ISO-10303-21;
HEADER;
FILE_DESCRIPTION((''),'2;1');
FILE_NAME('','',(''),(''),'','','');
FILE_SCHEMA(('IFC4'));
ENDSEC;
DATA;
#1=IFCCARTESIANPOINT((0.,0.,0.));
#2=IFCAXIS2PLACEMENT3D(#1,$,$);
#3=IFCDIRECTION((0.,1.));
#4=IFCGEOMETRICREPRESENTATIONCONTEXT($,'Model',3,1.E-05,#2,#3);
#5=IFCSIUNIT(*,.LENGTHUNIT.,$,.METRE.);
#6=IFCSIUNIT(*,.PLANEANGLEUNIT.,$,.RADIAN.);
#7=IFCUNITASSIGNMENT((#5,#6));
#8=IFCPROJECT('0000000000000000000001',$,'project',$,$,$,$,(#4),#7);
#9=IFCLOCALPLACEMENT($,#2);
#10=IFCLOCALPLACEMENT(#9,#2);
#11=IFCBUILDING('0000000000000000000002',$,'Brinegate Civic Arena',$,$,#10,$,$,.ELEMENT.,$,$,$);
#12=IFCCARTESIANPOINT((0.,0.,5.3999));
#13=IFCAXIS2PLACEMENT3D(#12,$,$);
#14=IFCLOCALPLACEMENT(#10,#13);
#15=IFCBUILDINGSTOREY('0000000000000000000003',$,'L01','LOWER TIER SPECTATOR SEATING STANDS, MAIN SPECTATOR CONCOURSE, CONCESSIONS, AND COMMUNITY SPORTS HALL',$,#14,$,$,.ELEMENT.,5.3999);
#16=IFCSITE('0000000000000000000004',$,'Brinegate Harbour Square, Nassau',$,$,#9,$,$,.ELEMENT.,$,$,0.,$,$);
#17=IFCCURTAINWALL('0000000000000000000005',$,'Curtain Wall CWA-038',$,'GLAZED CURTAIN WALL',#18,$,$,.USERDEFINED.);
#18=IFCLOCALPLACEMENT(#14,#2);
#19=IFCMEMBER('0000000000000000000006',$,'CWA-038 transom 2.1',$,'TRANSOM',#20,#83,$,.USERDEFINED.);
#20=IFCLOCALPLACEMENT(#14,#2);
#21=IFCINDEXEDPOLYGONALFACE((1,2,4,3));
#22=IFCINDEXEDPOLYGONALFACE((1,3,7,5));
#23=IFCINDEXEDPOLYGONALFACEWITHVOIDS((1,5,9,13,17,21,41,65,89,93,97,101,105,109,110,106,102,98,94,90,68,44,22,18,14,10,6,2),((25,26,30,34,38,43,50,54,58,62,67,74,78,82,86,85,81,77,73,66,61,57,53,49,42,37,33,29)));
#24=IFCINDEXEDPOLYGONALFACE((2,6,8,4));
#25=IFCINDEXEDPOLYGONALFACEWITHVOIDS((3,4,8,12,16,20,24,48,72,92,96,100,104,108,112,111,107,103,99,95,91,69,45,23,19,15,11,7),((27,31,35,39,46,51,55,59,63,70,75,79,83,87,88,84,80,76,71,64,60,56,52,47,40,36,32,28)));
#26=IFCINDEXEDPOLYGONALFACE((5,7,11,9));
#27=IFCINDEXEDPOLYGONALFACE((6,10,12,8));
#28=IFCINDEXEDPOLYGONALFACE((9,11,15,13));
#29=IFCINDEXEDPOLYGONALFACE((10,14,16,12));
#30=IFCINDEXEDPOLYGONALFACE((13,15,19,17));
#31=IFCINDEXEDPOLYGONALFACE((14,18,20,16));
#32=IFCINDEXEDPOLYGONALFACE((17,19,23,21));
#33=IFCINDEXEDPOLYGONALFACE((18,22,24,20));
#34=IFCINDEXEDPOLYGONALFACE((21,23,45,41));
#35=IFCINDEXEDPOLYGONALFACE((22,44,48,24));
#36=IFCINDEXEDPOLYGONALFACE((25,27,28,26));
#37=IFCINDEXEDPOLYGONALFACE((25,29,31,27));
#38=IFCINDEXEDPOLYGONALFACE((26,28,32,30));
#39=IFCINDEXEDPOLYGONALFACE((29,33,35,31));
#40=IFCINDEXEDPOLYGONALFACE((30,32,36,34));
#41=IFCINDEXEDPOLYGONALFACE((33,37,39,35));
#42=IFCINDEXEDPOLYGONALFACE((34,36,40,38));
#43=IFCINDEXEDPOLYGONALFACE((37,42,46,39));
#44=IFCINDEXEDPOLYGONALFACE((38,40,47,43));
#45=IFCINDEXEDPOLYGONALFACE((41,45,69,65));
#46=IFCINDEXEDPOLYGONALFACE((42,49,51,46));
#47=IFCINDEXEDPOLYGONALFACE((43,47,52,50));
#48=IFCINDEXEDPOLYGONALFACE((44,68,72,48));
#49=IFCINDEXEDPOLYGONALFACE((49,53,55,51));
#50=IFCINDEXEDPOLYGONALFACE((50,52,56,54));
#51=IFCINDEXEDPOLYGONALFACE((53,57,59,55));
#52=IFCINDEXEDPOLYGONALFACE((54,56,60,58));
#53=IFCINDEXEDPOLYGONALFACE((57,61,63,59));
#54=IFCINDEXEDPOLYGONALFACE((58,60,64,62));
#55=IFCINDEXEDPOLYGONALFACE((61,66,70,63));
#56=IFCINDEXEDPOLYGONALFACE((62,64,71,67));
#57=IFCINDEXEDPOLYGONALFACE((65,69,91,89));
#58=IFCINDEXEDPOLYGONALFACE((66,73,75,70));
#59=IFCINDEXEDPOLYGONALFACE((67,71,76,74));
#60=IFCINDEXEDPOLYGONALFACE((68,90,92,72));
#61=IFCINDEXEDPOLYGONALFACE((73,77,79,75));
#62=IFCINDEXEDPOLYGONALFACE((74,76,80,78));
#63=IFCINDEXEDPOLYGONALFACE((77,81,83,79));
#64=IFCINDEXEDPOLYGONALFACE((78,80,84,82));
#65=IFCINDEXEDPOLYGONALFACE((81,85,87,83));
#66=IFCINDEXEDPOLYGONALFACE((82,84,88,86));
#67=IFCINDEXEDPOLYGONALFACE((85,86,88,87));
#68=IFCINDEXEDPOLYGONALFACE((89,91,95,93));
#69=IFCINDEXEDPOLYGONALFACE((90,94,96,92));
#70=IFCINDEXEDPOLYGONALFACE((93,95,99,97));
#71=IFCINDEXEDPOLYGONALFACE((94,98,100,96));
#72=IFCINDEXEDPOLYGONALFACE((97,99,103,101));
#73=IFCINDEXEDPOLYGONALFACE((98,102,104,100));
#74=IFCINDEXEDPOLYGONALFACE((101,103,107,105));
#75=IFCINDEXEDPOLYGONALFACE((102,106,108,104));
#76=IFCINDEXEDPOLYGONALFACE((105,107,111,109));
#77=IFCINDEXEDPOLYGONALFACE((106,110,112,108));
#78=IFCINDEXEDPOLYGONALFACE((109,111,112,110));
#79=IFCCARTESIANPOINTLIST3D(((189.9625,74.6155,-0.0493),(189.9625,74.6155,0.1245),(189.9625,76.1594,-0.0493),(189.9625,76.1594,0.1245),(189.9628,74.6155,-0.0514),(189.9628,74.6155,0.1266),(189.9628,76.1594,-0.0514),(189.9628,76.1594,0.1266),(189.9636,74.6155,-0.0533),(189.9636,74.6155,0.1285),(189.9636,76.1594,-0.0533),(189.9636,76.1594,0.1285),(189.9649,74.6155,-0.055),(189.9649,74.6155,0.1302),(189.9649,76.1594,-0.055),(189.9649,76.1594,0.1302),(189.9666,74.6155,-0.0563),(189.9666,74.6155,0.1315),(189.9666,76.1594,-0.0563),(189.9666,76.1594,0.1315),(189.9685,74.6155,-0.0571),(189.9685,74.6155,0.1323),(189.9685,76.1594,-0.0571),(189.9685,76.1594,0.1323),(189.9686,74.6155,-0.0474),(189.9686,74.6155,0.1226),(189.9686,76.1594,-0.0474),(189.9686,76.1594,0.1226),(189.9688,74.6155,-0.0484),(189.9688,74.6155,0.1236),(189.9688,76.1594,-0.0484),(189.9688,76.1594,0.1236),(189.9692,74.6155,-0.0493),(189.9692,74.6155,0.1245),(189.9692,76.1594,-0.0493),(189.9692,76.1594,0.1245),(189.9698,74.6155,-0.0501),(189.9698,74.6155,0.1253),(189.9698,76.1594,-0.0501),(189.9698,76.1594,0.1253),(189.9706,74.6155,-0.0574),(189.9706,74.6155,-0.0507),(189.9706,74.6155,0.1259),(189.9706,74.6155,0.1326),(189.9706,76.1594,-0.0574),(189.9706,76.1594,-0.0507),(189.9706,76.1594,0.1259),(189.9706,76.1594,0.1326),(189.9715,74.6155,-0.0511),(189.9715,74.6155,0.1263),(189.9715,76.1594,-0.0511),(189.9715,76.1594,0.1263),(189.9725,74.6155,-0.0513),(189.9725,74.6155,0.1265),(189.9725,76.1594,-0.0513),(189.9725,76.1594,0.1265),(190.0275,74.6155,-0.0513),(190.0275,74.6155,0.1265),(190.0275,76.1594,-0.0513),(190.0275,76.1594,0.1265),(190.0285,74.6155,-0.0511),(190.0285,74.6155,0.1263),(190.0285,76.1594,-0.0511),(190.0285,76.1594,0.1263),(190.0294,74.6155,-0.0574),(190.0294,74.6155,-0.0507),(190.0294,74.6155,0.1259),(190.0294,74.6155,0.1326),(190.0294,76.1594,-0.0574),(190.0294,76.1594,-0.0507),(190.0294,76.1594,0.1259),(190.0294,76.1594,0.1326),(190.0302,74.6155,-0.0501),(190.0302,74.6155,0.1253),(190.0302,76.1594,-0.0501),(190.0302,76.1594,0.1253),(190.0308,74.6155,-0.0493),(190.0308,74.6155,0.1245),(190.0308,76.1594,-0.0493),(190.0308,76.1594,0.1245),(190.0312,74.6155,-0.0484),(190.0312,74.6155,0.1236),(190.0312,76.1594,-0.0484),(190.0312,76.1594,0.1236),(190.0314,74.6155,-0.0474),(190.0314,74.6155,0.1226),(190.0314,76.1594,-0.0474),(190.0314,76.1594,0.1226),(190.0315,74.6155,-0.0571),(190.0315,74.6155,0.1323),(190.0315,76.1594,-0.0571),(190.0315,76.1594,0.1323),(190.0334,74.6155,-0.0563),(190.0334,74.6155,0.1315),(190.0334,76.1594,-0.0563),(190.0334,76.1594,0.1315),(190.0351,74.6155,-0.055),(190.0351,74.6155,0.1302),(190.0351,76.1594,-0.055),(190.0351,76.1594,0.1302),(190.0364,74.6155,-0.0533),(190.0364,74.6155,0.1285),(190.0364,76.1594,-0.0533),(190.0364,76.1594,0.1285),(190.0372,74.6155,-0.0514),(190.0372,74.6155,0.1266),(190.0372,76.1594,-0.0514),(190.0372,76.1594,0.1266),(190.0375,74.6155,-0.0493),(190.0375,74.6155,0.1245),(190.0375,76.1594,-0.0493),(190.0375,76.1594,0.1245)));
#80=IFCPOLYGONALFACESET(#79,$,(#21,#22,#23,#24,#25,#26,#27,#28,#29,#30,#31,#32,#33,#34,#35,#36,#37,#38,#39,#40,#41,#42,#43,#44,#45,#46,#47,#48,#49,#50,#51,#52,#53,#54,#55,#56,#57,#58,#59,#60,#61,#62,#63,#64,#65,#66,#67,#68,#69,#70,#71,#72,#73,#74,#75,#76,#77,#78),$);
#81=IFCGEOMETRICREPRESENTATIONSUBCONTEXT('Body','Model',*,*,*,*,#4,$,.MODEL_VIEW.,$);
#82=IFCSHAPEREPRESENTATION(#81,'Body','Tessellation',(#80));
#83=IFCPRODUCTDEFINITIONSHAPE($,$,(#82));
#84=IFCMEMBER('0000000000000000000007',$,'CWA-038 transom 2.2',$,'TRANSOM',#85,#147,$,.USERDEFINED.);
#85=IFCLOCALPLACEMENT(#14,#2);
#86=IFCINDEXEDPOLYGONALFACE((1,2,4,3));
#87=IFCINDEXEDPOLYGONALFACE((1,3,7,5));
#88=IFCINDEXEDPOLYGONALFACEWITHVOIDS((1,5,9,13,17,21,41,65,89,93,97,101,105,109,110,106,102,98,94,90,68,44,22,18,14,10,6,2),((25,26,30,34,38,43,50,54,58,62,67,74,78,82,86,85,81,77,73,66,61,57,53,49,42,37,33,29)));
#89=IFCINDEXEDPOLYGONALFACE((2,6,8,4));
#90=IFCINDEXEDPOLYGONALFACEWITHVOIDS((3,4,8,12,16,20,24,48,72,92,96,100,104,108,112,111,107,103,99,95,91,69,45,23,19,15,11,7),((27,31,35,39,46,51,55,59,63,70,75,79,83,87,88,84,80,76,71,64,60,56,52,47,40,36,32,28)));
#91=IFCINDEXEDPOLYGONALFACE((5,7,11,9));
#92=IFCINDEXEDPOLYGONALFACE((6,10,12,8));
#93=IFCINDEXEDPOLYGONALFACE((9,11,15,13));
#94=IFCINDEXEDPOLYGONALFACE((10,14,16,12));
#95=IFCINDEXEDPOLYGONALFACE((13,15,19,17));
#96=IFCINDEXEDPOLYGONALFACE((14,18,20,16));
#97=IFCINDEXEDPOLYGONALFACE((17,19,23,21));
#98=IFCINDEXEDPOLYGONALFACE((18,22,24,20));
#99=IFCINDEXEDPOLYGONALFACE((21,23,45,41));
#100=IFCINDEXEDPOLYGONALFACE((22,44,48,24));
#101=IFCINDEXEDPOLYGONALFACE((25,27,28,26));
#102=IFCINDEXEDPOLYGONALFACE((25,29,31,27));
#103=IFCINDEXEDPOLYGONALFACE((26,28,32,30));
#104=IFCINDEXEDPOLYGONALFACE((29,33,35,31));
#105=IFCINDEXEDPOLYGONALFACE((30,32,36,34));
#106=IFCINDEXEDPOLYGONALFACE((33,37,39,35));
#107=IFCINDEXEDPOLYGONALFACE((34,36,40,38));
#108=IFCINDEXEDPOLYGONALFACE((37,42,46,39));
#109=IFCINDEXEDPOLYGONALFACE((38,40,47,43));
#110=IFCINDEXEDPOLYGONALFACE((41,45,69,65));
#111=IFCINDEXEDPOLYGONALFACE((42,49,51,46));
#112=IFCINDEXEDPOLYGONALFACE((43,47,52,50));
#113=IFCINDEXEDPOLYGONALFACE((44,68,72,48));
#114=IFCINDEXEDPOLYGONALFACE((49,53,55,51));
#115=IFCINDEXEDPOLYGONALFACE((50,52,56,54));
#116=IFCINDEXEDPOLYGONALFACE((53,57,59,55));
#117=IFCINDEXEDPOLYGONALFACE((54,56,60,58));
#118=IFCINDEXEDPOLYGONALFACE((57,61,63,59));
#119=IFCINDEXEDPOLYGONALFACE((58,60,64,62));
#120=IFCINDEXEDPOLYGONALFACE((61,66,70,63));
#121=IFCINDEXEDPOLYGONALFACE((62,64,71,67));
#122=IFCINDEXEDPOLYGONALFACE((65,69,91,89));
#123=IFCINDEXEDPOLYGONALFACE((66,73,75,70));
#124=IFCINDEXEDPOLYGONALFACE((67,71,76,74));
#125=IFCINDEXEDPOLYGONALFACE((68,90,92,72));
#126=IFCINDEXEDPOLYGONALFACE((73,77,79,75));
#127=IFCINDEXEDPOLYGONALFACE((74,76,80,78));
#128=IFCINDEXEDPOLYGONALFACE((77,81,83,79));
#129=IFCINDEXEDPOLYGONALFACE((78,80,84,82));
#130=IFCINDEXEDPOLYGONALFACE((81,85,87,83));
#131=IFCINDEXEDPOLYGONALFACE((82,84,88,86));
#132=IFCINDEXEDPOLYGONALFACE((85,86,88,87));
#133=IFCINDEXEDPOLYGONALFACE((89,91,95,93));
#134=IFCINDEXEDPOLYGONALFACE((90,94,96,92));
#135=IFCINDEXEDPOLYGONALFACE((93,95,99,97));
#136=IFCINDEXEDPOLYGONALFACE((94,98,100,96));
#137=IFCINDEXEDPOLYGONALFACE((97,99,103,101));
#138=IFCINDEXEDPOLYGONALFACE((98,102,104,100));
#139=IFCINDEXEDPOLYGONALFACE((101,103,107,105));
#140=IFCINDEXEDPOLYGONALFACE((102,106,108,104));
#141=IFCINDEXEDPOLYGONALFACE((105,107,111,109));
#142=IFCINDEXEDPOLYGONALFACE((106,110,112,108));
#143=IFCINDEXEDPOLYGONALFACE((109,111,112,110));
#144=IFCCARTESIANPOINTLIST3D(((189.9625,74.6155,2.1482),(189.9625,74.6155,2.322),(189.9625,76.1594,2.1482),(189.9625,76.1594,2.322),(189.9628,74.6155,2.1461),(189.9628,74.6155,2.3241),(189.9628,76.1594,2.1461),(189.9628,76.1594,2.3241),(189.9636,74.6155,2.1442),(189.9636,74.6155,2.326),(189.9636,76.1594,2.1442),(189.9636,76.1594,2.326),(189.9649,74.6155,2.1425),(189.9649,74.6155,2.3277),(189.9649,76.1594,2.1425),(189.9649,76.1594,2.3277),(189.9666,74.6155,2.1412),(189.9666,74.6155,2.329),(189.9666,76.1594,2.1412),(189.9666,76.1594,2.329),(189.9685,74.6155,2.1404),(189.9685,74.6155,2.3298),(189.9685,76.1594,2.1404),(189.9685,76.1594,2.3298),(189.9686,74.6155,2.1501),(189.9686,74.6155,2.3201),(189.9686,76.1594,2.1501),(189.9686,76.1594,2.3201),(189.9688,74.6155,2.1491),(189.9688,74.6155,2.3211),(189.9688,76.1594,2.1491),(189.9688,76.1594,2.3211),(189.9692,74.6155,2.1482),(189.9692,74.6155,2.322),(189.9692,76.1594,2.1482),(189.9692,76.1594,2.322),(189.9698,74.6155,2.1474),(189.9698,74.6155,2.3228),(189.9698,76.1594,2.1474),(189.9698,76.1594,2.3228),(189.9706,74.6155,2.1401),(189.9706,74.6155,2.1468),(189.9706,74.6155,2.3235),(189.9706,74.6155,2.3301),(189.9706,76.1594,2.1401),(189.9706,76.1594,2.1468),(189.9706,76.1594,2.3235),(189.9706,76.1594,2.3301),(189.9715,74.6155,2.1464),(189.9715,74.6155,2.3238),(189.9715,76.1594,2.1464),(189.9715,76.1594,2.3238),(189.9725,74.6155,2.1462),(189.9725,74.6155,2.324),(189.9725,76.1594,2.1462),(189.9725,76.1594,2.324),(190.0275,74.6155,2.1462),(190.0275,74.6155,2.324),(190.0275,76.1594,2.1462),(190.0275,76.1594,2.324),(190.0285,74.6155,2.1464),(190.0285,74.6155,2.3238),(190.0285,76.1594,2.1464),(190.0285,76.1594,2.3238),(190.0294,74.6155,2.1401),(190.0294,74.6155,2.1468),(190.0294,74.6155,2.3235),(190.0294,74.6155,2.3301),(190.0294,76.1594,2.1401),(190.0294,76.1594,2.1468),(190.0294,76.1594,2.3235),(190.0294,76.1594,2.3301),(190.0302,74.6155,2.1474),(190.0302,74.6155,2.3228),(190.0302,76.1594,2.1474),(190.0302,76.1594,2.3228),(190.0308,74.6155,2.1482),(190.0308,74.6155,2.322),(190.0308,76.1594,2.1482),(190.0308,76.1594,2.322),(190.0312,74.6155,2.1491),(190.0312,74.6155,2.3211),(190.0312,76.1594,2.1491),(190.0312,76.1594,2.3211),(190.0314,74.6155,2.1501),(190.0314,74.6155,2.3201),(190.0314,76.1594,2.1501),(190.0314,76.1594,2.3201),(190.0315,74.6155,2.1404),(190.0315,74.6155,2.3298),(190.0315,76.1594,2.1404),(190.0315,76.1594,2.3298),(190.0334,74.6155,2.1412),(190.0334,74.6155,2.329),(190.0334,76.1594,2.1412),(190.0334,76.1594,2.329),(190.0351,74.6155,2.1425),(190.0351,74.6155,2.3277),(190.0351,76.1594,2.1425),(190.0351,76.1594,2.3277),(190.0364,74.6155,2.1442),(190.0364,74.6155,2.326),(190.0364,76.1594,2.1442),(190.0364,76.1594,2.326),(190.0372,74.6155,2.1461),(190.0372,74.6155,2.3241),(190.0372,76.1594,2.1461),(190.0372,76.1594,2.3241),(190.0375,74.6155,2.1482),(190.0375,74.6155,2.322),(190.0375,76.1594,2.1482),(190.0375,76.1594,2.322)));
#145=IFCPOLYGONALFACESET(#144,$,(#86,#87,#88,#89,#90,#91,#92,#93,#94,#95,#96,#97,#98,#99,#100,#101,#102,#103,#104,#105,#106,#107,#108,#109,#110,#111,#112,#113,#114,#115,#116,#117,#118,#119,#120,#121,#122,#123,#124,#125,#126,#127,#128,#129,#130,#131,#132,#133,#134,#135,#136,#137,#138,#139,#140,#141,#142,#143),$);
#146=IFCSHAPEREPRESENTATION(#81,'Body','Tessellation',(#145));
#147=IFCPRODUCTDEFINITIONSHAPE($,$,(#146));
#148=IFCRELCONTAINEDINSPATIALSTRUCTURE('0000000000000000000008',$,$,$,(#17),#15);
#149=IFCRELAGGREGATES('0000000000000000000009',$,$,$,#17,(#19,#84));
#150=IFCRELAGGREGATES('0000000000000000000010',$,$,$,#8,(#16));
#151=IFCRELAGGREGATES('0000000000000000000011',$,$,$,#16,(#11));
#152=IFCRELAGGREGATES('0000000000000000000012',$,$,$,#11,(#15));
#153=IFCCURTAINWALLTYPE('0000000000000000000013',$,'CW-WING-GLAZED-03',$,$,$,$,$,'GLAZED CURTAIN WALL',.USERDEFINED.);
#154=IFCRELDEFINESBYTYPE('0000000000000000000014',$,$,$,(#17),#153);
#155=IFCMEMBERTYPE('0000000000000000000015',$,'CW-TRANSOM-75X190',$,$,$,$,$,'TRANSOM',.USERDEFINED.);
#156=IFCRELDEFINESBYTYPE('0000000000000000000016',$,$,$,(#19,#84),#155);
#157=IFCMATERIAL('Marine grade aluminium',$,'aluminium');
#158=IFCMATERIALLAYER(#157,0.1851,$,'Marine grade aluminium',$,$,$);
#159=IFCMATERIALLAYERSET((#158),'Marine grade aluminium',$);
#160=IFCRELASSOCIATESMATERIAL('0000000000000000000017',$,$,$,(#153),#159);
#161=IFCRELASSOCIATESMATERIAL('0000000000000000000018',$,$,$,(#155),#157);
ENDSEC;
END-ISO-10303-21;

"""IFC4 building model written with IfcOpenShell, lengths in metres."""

from ifc_helpers import new_model, si_unit, direction, frame, origin, origin_2d, place, context, subcontext, project, spatial, hollow_rectangle, extrude, material, layer, layer_set, material_profile, profile_set, type_object, element, aggregate, save


model = new_model("IFC4")

# Units and contexts
model_context = context("Model", 3, precision=1e-05, world=origin(), true_north=direction((0.0, 1.0)))
body_context = subcontext(model_context, "Body", "Model", "MODEL_VIEW")
ifc_project = project(units=[si_unit("LENGTHUNIT", "METRE"), si_unit("PLANEANGLEUNIT", "RADIAN")], contexts=[model_context])

# Site, building, storey
site_placement = place(None, origin())
site = spatial("IfcSite", under=ifc_project, at=site_placement, Name="Brinegate Harbour Square, Nassau", CompositionType="ELEMENT", RefElevation=0.0)
building_placement = place(site_placement, origin())
building = spatial("IfcBuilding", under=site, at=building_placement, Name="Brinegate Civic Arena", CompositionType="ELEMENT")
storey_placement = place(building_placement, frame((0.0, 0.0, 5.3999)))
storey = spatial("IfcBuildingStorey", under=building, at=storey_placement, Name="L01", Description="LOWER TIER SPECTATOR SEATING STANDS, MAIN SPECTATOR CONCOURSE, CONCESSIONS, AND COMMUNITY SPORTS HALL", CompositionType="ELEMENT", Elevation=5.3999)

# Curtain wall
ifc_material_1 = material(Name="Marine grade aluminium", Category="aluminium")
ifc_layer_1 = layer(ifc_material_1, 0.1851, Name="Marine grade aluminium")
ifc_layer_set_1 = layer_set([ifc_layer_1], Name="Marine grade aluminium")
curtain_wall_type = type_object("IfcCurtainWallType", Name="CW-WING-GLAZED-03", ElementType="GLAZED CURTAIN WALL", PredefinedType="USERDEFINED", material=ifc_layer_set_1)
curtain_wall_1_placement = place(storey_placement, origin())
curtain_wall_1 = element("IfcCurtainWall", 1, at=curtain_wall_1_placement, inside=storey, type_object=curtain_wall_type, Name="Curtain Wall CWA-038", ObjectType="GLAZED CURTAIN WALL", PredefinedType="USERDEFINED")

# Members
ifc_material_profile_1 = material_profile(ifc_material_1, hollow_rectangle(XDim=0.075, YDim=0.1899, WallThickness=0.0061, InnerFilletRadius=0.0039, OuterFilletRadius=0.0081, at=origin_2d()), Name="TRN75X190")
ifc_profile_set_1 = profile_set([ifc_material_profile_1], Name="Marine grade aluminium")
member_type_1 = type_object("IfcMemberType", Name="CW-TRANSOM-75X190", ElementType="TRANSOM", PredefinedType="USERDEFINED", material=ifc_profile_set_1)
member_1_placement = place(storey_placement, frame((190.0, 74.6155, 0.0376), z_axis=(0.0, 1.0, 0.0), x_axis=(-1.0, 0.0, 0.0)))
member_1 = element("IfcMember", 2, at=member_1_placement, type_object=member_type_1, Name="CWA-038 transom 2.1", ObjectType="TRANSOM", PredefinedType="USERDEFINED", context=body_context, shape_type="SweptSolid", body=[
    extrude(hollow_rectangle(XDim=0.075, YDim=0.1899, WallThickness=0.0061, InnerFilletRadius=0.0039, OuterFilletRadius=0.0081, at=origin_2d()), origin(), (0.0, 0.0, 1.0), 1.5439),
])
member_2_placement = place(storey_placement, frame((190.0, 74.6155, 2.2351), z_axis=(0.0, 1.0, 0.0), x_axis=(-1.0, 0.0, 0.0)))
member_2 = element("IfcMember", 3, at=member_2_placement, type_object=member_type_1, Name="CWA-038 transom 2.2", ObjectType="TRANSOM", PredefinedType="USERDEFINED", context=body_context, shape_type="SweptSolid", body=[
    extrude(hollow_rectangle(XDim=0.075, YDim=0.1899, WallThickness=0.0061, InnerFilletRadius=0.0039, OuterFilletRadius=0.0081, at=origin_2d()), origin(), (0.0, 0.0, 1.0), 1.5439),
])

aggregate(curtain_wall_1, [member_1, member_2])

save(model, "model.ifc")
